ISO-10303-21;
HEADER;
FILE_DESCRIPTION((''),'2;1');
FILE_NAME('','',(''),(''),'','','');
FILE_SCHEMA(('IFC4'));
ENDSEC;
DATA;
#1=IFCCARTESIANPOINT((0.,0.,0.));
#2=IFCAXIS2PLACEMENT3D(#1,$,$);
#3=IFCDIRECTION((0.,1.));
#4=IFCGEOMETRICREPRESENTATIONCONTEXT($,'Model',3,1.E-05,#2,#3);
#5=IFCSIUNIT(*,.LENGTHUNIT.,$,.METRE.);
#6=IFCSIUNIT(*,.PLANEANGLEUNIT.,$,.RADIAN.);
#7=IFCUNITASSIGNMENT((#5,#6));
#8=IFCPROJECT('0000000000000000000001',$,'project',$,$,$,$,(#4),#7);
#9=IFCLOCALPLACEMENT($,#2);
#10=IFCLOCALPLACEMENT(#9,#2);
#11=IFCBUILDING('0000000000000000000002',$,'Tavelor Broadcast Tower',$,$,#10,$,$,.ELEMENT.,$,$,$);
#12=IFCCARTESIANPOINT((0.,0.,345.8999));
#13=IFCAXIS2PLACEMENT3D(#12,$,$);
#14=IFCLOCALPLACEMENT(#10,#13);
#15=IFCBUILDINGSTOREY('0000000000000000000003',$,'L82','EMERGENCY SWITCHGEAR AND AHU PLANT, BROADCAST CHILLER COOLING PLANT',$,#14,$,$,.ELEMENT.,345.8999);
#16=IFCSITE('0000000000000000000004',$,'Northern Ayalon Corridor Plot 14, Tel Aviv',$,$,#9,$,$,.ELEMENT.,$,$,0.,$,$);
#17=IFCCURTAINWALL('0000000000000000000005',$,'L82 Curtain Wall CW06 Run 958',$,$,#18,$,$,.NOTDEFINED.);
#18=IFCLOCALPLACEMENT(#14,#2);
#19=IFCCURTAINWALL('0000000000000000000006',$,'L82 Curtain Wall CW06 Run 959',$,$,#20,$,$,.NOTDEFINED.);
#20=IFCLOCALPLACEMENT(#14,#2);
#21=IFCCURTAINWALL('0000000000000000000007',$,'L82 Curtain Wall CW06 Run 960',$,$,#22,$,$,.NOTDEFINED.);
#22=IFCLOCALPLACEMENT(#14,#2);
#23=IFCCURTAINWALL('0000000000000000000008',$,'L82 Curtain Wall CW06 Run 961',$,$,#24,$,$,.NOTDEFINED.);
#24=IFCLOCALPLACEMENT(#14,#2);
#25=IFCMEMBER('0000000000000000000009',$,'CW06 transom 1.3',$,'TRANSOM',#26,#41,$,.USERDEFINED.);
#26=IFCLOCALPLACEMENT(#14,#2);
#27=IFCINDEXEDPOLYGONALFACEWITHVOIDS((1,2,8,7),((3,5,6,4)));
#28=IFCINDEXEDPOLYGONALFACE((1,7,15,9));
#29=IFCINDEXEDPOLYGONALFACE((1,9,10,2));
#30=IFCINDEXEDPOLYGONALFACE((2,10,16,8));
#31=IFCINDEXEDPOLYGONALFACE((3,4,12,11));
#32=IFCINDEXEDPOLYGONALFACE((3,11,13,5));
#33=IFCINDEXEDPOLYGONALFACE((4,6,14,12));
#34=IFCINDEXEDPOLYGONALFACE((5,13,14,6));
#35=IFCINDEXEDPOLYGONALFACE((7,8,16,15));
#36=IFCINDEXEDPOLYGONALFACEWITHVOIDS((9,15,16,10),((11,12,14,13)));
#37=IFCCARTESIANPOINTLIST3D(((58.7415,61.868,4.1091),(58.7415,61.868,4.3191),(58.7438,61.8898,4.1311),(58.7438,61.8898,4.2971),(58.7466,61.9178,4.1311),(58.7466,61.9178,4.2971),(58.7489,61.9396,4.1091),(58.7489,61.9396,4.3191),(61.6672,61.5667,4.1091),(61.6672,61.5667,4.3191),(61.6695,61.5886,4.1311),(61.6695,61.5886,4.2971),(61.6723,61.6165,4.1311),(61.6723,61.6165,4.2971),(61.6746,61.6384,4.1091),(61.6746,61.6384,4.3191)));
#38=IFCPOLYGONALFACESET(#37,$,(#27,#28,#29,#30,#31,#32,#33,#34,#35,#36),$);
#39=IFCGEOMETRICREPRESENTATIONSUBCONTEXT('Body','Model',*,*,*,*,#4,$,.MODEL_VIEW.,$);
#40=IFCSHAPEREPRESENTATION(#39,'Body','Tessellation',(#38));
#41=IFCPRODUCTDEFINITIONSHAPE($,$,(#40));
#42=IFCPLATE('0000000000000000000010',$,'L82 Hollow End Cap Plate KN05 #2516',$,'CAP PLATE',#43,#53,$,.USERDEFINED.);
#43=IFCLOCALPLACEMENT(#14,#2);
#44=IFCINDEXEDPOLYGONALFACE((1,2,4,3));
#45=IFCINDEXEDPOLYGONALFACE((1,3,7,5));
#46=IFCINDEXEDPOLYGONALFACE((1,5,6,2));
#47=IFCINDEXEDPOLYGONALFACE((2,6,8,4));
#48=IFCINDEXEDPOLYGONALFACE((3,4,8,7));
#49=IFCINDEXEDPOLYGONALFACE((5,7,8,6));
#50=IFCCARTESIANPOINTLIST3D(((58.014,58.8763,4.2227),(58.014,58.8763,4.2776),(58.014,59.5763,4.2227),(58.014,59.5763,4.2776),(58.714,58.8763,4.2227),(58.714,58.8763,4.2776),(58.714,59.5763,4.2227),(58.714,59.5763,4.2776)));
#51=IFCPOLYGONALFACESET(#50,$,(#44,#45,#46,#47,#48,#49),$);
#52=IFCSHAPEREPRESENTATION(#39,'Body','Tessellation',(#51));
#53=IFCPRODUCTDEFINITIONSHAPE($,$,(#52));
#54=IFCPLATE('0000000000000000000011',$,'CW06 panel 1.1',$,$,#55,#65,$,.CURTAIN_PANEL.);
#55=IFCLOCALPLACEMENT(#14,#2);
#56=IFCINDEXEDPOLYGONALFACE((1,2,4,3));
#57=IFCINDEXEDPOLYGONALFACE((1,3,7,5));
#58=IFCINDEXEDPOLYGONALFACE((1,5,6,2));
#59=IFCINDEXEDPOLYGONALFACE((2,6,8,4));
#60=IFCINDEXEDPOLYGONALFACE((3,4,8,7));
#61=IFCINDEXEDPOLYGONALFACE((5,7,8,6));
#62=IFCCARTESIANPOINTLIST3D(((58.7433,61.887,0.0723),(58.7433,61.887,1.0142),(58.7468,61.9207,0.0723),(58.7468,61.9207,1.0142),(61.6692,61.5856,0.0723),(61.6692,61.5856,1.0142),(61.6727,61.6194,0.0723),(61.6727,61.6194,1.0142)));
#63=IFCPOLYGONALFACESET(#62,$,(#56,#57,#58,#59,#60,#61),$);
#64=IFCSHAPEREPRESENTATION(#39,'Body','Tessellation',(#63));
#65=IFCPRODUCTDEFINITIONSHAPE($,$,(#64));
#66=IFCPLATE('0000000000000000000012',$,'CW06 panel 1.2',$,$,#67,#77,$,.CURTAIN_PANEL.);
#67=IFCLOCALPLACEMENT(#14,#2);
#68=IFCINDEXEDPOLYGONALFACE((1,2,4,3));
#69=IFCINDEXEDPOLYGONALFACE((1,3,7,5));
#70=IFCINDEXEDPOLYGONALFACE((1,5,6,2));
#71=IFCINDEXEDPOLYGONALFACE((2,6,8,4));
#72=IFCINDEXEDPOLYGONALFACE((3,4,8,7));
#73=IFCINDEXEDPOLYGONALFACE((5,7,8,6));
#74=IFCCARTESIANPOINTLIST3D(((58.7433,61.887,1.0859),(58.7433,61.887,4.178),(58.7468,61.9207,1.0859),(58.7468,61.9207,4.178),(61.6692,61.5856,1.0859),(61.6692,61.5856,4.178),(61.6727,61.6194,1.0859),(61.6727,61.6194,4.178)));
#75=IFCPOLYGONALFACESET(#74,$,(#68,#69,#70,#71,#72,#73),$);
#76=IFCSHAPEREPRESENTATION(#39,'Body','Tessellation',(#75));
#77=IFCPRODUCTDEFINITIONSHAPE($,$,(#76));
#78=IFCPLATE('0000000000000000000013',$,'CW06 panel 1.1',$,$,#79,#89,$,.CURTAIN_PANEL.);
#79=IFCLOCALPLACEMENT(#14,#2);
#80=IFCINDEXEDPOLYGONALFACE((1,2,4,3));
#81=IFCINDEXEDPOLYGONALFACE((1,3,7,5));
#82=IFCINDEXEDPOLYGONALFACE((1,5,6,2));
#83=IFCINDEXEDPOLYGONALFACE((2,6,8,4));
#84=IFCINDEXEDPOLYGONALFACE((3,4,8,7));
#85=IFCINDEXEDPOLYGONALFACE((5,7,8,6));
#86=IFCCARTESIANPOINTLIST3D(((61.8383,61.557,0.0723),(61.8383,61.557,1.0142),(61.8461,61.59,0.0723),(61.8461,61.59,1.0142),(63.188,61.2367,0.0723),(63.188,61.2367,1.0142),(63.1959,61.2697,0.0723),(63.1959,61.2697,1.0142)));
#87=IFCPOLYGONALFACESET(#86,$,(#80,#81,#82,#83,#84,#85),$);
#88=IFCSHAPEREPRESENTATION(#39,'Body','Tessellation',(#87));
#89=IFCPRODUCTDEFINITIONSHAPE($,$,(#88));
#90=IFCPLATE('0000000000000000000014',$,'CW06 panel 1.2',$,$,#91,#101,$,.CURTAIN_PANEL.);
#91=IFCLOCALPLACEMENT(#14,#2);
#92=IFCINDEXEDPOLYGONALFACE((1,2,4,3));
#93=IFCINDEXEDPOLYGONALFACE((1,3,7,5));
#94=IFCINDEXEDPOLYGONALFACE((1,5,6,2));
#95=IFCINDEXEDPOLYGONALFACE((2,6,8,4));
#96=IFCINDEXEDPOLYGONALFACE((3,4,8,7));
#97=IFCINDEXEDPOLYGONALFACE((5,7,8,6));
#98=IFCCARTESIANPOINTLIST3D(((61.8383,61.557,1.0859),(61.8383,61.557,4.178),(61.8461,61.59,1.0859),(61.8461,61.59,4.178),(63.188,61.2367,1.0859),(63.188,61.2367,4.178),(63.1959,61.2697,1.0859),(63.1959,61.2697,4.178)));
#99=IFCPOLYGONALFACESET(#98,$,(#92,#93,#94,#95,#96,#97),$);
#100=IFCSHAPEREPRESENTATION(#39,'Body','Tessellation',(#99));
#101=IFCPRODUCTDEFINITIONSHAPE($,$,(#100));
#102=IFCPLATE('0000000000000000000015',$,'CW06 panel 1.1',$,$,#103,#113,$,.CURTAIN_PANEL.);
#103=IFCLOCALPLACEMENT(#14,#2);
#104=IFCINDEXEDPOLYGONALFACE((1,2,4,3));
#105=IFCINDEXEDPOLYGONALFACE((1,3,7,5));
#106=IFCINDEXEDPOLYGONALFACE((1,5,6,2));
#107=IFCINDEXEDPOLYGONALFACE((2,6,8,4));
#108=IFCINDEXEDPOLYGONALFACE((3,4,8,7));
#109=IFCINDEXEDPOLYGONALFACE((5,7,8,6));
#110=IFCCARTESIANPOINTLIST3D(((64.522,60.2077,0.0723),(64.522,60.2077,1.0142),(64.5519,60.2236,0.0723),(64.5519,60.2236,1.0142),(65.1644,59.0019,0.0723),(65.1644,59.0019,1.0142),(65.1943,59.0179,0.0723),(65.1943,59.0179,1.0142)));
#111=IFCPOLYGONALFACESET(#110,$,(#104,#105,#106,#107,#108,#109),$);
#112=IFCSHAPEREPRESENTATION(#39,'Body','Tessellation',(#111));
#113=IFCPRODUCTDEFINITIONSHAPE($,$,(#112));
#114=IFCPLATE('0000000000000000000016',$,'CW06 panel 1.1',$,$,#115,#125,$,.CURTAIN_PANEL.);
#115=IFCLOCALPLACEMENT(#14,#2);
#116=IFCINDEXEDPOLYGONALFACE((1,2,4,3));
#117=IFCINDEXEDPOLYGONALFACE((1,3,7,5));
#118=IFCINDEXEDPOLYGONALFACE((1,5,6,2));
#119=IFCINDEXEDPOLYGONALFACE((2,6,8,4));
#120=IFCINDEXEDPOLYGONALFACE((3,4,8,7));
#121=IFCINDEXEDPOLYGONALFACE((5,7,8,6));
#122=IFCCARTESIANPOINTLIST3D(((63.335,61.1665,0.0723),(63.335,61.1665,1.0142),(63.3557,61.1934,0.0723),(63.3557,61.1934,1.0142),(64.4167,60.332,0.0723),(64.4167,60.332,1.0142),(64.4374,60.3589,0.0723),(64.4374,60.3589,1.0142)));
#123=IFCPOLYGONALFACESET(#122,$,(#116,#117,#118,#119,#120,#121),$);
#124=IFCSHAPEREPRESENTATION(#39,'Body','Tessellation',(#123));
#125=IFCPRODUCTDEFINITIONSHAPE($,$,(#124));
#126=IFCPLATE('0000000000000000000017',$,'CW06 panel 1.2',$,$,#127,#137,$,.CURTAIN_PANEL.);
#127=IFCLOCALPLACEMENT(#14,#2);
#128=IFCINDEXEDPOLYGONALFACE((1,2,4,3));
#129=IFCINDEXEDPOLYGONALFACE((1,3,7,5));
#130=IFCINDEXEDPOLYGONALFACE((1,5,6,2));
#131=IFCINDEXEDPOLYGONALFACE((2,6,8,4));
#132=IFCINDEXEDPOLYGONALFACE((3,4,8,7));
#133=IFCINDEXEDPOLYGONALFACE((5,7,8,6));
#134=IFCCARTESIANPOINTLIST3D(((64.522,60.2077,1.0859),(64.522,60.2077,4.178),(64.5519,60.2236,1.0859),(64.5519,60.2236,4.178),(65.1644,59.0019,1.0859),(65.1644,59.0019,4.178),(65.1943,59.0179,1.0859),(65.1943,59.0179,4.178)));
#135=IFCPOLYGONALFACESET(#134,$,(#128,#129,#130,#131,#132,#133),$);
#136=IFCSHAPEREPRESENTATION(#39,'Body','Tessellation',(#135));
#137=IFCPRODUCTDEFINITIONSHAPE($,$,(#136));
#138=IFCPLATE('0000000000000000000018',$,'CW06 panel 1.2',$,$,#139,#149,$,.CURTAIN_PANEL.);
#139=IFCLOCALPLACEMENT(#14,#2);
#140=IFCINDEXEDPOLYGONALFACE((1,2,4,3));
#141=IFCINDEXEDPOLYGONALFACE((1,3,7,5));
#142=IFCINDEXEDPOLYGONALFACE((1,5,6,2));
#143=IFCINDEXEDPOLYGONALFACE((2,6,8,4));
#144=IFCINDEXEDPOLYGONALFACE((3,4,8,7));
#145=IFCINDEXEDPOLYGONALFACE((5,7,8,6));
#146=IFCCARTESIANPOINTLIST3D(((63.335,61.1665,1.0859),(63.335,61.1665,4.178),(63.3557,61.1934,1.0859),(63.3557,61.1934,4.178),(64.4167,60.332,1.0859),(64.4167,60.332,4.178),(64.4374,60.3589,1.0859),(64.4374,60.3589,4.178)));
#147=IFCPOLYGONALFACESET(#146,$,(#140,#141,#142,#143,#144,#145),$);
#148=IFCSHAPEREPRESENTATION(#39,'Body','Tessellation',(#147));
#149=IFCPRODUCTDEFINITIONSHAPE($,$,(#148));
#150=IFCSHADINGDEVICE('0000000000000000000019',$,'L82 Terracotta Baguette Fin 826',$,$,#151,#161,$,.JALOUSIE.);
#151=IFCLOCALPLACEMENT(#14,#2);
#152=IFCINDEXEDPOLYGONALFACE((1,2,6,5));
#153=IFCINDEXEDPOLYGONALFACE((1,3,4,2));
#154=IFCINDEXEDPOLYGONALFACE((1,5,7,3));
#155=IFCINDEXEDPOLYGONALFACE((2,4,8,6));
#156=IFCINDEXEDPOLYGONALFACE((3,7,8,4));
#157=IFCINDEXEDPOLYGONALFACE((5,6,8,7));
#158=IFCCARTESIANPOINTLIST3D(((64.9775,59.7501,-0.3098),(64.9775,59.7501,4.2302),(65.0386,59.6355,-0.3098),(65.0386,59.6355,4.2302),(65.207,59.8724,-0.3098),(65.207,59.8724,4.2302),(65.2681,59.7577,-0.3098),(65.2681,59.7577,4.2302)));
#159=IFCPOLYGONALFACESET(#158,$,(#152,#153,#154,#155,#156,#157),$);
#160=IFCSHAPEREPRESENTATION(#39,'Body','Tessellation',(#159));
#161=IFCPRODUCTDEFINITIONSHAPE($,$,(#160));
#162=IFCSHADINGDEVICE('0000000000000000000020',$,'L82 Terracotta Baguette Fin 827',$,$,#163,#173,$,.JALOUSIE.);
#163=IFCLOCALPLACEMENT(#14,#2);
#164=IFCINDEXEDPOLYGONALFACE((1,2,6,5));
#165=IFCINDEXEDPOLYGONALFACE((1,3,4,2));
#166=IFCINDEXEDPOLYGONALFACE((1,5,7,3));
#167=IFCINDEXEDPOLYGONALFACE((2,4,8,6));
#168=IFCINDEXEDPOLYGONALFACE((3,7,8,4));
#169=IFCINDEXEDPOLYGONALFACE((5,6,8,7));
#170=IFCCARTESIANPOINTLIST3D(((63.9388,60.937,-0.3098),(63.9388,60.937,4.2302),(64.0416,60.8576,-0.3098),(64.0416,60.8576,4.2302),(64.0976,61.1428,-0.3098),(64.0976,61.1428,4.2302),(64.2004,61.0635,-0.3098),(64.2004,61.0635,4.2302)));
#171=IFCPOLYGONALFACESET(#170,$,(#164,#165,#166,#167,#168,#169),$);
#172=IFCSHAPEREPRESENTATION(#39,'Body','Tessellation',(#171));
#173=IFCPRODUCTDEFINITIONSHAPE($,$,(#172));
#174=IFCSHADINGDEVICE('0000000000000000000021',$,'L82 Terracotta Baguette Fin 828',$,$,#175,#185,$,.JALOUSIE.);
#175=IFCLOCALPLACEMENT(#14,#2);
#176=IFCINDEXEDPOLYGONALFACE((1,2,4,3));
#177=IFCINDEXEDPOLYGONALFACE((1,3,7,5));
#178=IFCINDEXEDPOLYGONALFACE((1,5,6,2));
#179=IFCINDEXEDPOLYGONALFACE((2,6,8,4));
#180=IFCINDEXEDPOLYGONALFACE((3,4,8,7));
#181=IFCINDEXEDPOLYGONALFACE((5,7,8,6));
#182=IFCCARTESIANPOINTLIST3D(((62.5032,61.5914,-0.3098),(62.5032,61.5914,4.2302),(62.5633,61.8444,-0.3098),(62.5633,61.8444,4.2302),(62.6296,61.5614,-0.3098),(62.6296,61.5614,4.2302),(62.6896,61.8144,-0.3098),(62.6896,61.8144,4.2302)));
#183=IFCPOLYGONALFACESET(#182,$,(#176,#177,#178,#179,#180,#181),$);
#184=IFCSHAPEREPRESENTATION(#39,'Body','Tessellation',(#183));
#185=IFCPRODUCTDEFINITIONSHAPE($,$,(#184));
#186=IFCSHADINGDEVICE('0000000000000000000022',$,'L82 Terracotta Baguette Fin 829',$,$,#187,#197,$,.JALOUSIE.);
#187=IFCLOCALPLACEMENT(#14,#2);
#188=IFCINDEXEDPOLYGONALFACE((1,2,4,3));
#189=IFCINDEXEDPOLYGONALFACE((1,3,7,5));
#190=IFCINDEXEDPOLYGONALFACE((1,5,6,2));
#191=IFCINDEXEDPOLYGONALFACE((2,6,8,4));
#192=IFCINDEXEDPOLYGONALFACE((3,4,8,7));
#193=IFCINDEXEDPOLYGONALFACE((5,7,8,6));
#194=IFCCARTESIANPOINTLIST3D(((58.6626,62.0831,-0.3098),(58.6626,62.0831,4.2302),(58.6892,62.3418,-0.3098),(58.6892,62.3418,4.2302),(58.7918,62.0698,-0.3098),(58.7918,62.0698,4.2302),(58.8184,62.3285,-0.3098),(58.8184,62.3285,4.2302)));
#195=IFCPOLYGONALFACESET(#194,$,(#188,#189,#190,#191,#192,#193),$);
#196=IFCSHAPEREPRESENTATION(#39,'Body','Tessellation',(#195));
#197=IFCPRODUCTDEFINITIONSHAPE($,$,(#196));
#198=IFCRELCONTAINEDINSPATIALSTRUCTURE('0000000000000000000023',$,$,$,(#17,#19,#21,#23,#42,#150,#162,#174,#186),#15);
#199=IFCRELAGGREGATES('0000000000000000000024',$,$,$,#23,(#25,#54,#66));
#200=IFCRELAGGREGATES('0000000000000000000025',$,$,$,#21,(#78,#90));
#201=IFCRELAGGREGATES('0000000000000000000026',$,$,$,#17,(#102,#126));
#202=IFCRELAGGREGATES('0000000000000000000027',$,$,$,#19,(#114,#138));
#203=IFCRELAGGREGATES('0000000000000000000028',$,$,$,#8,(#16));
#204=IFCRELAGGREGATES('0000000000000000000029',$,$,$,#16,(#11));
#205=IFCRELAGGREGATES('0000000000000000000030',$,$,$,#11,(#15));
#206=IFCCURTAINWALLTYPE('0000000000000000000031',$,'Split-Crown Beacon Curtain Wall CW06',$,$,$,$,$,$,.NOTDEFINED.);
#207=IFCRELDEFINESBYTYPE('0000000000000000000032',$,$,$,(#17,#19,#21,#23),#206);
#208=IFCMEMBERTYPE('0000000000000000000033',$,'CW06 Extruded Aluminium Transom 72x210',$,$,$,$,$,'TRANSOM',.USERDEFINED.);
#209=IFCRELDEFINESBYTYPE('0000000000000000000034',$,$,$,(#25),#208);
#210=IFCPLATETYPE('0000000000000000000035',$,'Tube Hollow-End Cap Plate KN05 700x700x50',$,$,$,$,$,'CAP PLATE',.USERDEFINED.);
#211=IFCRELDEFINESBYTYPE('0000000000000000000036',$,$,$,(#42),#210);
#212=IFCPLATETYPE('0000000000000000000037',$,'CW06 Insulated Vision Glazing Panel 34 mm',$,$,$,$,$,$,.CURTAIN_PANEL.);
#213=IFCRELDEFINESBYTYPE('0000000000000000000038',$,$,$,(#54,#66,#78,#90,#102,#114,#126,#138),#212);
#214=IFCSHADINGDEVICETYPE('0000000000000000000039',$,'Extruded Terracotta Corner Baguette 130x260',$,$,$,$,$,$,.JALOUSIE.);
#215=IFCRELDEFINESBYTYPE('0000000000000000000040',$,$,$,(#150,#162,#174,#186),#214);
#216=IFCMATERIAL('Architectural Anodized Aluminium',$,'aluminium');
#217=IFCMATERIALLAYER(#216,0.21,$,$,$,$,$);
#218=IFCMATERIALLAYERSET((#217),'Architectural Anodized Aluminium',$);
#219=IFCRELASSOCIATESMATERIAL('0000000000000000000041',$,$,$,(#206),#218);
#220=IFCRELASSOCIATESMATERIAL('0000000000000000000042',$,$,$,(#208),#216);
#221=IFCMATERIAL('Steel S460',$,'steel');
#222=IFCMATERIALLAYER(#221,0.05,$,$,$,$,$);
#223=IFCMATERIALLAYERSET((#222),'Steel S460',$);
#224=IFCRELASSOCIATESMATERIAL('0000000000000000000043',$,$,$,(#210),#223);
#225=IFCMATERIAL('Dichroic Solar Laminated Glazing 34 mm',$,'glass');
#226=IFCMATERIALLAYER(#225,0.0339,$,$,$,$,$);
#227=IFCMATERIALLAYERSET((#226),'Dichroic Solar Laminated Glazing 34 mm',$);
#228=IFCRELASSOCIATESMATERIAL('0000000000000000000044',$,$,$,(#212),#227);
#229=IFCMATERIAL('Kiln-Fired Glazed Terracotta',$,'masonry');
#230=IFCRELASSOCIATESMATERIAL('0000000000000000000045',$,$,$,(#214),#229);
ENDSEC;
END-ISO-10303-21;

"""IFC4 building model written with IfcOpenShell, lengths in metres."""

from ifc_helpers import new_model, si_unit, direction, frame, origin, origin_2d, place, context, subcontext, project, spatial, rectangle, hollow_rectangle, extrude, source, transform, mapped, material, layer, layer_set, material_profile, profile_set, type_object, type_shapes, element, aggregate, save


model = new_model("IFC4")

# Units and contexts
model_context = context("Model", 3, precision=1e-05, world=origin(), true_north=direction((0.0, 1.0)))
body_context = subcontext(model_context, "Body", "Model", "MODEL_VIEW")
ifc_project = project(units=[si_unit("LENGTHUNIT", "METRE"), si_unit("PLANEANGLEUNIT", "RADIAN")], contexts=[model_context])

# Site, building, storey
site_placement = place(None, origin())
site = spatial("IfcSite", under=ifc_project, at=site_placement, Name="Northern Ayalon Corridor Plot 14, Tel Aviv", CompositionType="ELEMENT", RefElevation=0.0)
building_placement = place(site_placement, origin())
building = spatial("IfcBuilding", under=site, at=building_placement, Name="Tavelor Broadcast Tower", CompositionType="ELEMENT")
storey_placement = place(building_placement, frame((0.0, 0.0, 345.8999)))
storey = spatial("IfcBuildingStorey", under=building, at=storey_placement, Name="L82", Description="EMERGENCY SWITCHGEAR AND AHU PLANT, BROADCAST CHILLER COOLING PLANT", CompositionType="ELEMENT", Elevation=345.8999)

# Curtain walls
ifc_material_1 = material(Name="Architectural Anodized Aluminium", Category="aluminium")
ifc_layer_1 = layer(ifc_material_1, 0.21)
ifc_layer_set_1 = layer_set([ifc_layer_1], Name="Architectural Anodized Aluminium")
curtain_wall_type = type_object("IfcCurtainWallType", Name="Split-Crown Beacon Curtain Wall CW06", PredefinedType="NOTDEFINED", material=ifc_layer_set_1)
curtain_wall_1_placement = place(storey_placement, origin())
curtain_wall_1 = element("IfcCurtainWall", 1, at=curtain_wall_1_placement, inside=storey, type_object=curtain_wall_type, Name="L82 Curtain Wall CW06 Run 958", PredefinedType="NOTDEFINED")
curtain_wall_2_placement = place(storey_placement, origin())
curtain_wall_2 = element("IfcCurtainWall", 2, at=curtain_wall_2_placement, inside=storey, type_object=curtain_wall_type, Name="L82 Curtain Wall CW06 Run 959", PredefinedType="NOTDEFINED")
curtain_wall_3_placement = place(storey_placement, origin())
curtain_wall_3 = element("IfcCurtainWall", 3, at=curtain_wall_3_placement, inside=storey, type_object=curtain_wall_type, Name="L82 Curtain Wall CW06 Run 960", PredefinedType="NOTDEFINED")
curtain_wall_4_placement = place(storey_placement, origin())
curtain_wall_4 = element("IfcCurtainWall", 4, at=curtain_wall_4_placement, inside=storey, type_object=curtain_wall_type, Name="L82 Curtain Wall CW06 Run 961", PredefinedType="NOTDEFINED")

# Member
ifc_material_profile_1 = material_profile(ifc_material_1, hollow_rectangle(XDim=0.072, YDim=0.21, WallThickness=0.022, at=origin_2d()), Name="RHS 72x210x22")
ifc_profile_set_1 = profile_set([ifc_material_profile_1], Name="Architectural Anodized Aluminium")
member_type_1 = type_object("IfcMemberType", Name="CW06 Extruded Aluminium Transom 72x210", ElementType="TRANSOM", PredefinedType="USERDEFINED", material=ifc_profile_set_1)
shared_shape_1 = source(origin(), body_context, "Body", "SweptSolid", [
    extrude(hollow_rectangle(XDim=0.072, YDim=0.21, WallThickness=0.022, at=origin_2d()), origin(), (0.0, 0.0, 1.0), 2.9412),
])
member_1_placement = place(storey_placement, frame((61.6709, 61.6025, 4.2141), z_axis=(-0.99474, 0.102429, 0.0), x_axis=(-0.102429, -0.99474, 0.0)))
member_1 = element("IfcMember", 5, at=member_1_placement, type_object=member_type_1, Name="CW06 transom 1.3", ObjectType="TRANSOM", PredefinedType="USERDEFINED", context=body_context, shape_type="MappedRepresentation", body=[
    mapped(shared_shape_1, transform((0.0, 0.0, 0.0), scale=1.0)),
])

# Plates
ifc_material_2 = material(Name="Steel S460", Category="steel")
ifc_layer_2 = layer(ifc_material_2, 0.05)
ifc_layer_set_2 = layer_set([ifc_layer_2], Name="Steel S460")
plate_type_1 = type_object("IfcPlateType", Name="Tube Hollow-End Cap Plate KN05 700x700x50", ElementType="CAP PLATE", PredefinedType="USERDEFINED", material=ifc_layer_set_2)
shared_shape_2 = source(origin(), body_context, "Body", "SweptSolid", [
    extrude(rectangle(XDim=0.7, YDim=0.7, at=origin_2d()), origin(), (0.0, 0.0, 1.0), 0.0549),
])
type_shapes(plate_type_1, [shared_shape_2])
plate_1_placement = place(storey_placement, frame((58.364, 59.2263, 4.2227), z_axis=(0.0, 0.0, 1.0), x_axis=(1.0, 0.0, 0.0)))
element("IfcPlate", 6, at=plate_1_placement, inside=storey, type_object=plate_type_1, Name="L82 Hollow End Cap Plate KN05 #2516", ObjectType="CAP PLATE", PredefinedType="USERDEFINED", context=body_context, shape_type="MappedRepresentation", body=[
    mapped(shared_shape_2, transform((0.0, 0.0, 0.0), scale=1.0)),
])
ifc_material_3 = material(Name="Dichroic Solar Laminated Glazing 34 mm", Category="glass")
ifc_layer_3 = layer(ifc_material_3, 0.0339)
ifc_layer_set_3 = layer_set([ifc_layer_3], Name="Dichroic Solar Laminated Glazing 34 mm")
plate_type_2 = type_object("IfcPlateType", Name="CW06 Insulated Vision Glazing Panel 34 mm", PredefinedType="CURTAIN_PANEL", material=ifc_layer_set_3)
shared_shape_3 = source(origin(), body_context, "Body", "SweptSolid", [
    extrude(rectangle(XDim=2.9414, YDim=0.0339, at=origin_2d()), origin(), (0.0, 0.0, 1.0), 0.9419),
])
plate_2_placement = place(storey_placement, frame((60.208, 61.7532, 0.0723), z_axis=(0.0, 0.0, 1.0), x_axis=(-0.994737, 0.102461, 0.0)))
plate_2 = element("IfcPlate", 7, at=plate_2_placement, type_object=plate_type_2, Name="CW06 panel 1.1", PredefinedType="CURTAIN_PANEL", context=body_context, shape_type="MappedRepresentation", body=[
    mapped(shared_shape_3, transform((0.0, 0.0, 0.0), scale=1.0)),
])
shared_shape_4 = source(origin(), body_context, "Body", "SweptSolid", [
    extrude(rectangle(XDim=2.9414, YDim=0.0339, at=origin_2d()), origin(), (0.0, 0.0, 1.0), 3.092),
])
plate_3_placement = place(storey_placement, frame((60.208, 61.7532, 1.0859), z_axis=(0.0, 0.0, 1.0), x_axis=(-0.994737, 0.102461, 0.0)))
plate_3 = element("IfcPlate", 8, at=plate_3_placement, type_object=plate_type_2, Name="CW06 panel 1.2", PredefinedType="CURTAIN_PANEL", context=body_context, shape_type="MappedRepresentation", body=[
    mapped(shared_shape_4, transform((0.0, 0.0, 0.0), scale=1.0)),
])
aggregate(curtain_wall_4, [member_1, plate_2, plate_3])
shared_shape_5 = source(origin(), body_context, "Body", "SweptSolid", [
    extrude(rectangle(XDim=1.3872, YDim=0.0339, at=origin_2d()), origin(), (0.0, 0.0, 1.0), 0.9419),
])
plate_4_placement = place(storey_placement, frame((62.5171, 61.4133, 0.0723), z_axis=(0.0, 0.0, 1.0), x_axis=(-0.972985, 0.23087, 0.0)))
plate_4 = element("IfcPlate", 9, at=plate_4_placement, type_object=plate_type_2, Name="CW06 panel 1.1", PredefinedType="CURTAIN_PANEL", context=body_context, shape_type="MappedRepresentation", body=[
    mapped(shared_shape_5, transform((0.0, 0.0, 0.0), scale=1.0)),
])
shared_shape_6 = source(origin(), body_context, "Body", "SweptSolid", [
    extrude(rectangle(XDim=1.3872, YDim=0.0339, at=origin_2d()), origin(), (0.0, 0.0, 1.0), 3.092),
])
plate_5_placement = place(storey_placement, frame((62.5171, 61.4133, 1.0859), z_axis=(0.0, 0.0, 1.0), x_axis=(-0.972985, 0.23087, 0.0)))
plate_5 = element("IfcPlate", 10, at=plate_5_placement, type_object=plate_type_2, Name="CW06 panel 1.2", PredefinedType="CURTAIN_PANEL", context=body_context, shape_type="MappedRepresentation", body=[
    mapped(shared_shape_6, transform((0.0, 0.0, 0.0), scale=1.0)),
])
aggregate(curtain_wall_3, [plate_4, plate_5])
shared_shape_7 = source(origin(), body_context, "Body", "SweptSolid", [
    extrude(rectangle(XDim=1.3662, YDim=0.0339, at=origin_2d()), origin(), (0.0, 0.0, 1.0), 0.9419),
])
plate_6_placement = place(storey_placement, frame((64.8582, 59.6128, 0.0723), z_axis=(0.0, 0.0, 1.0), x_axis=(-0.470214, 0.882553, 0.0)))
plate_6 = element("IfcPlate", 11, at=plate_6_placement, type_object=plate_type_2, Name="CW06 panel 1.1", PredefinedType="CURTAIN_PANEL", context=body_context, shape_type="MappedRepresentation", body=[
    mapped(shared_shape_7, transform((0.0, 0.0, 0.0), scale=1.0)),
])
plate_7_placement = place(storey_placement, frame((63.8862, 60.7627, 0.0723), z_axis=(0.0, 0.0, 1.0), x_axis=(-0.791749, 0.610846, 0.0)))
plate_7 = element("IfcPlate", 12, at=plate_7_placement, type_object=plate_type_2, Name="CW06 panel 1.1", PredefinedType="CURTAIN_PANEL", context=body_context, shape_type="MappedRepresentation", body=[
    mapped(shared_shape_7, transform((0.0, 0.0, 0.0), scale=1.0)),
])
shared_shape_8 = source(origin(), body_context, "Body", "SweptSolid", [
    extrude(rectangle(XDim=1.3662, YDim=0.0339, at=origin_2d()), origin(), (0.0, 0.0, 1.0), 3.092),
])
type_shapes(plate_type_2, [shared_shape_3, shared_shape_4, shared_shape_5, shared_shape_6, shared_shape_7, shared_shape_8])
plate_8_placement = place(storey_placement, frame((64.8582, 59.6128, 1.0859), z_axis=(0.0, 0.0, 1.0), x_axis=(-0.470214, 0.882553, 0.0)))
plate_8 = element("IfcPlate", 13, at=plate_8_placement, type_object=plate_type_2, Name="CW06 panel 1.2", PredefinedType="CURTAIN_PANEL", context=body_context, shape_type="MappedRepresentation", body=[
    mapped(shared_shape_8, transform((0.0, 0.0, 0.0), scale=1.0)),
])
aggregate(curtain_wall_1, [plate_6, plate_8])
plate_9_placement = place(storey_placement, frame((63.8862, 60.7627, 1.0859), z_axis=(0.0, 0.0, 1.0), x_axis=(-0.791749, 0.610846, 0.0)))
plate_9 = element("IfcPlate", 14, at=plate_9_placement, type_object=plate_type_2, Name="CW06 panel 1.2", PredefinedType="CURTAIN_PANEL", context=body_context, shape_type="MappedRepresentation", body=[
    mapped(shared_shape_8, transform((0.0, 0.0, 0.0), scale=1.0)),
])
aggregate(curtain_wall_2, [plate_7, plate_9])

# Shading devices
ifc_material_4 = material(Name="Kiln-Fired Glazed Terracotta", Category="masonry")
shading_device_type = type_object("IfcShadingDeviceType", Name="Extruded Terracotta Corner Baguette 130x260", PredefinedType="JALOUSIE", material=ifc_material_4)
shared_shape_9 = source(origin(), body_context, "Body", "SweptSolid", [
    extrude(rectangle(XDim=0.1299, YDim=0.26, at=origin_2d()), origin(), (0.0, 0.0, 1.0), 4.54),
])
type_shapes(shading_device_type, [shared_shape_9])
for number, where, z_axis, x_axis, name in (
    (15, (65.1228, 59.7539, -0.3098), (0.0, 0.0, 1.0), (-0.470242, 0.882538, 0.0), "L82 Terracotta Baguette Fin 826"),
    (16, (64.0696, 61.0002, -0.3098), (0.0, 0.0, 1.0), (-0.791757, 0.610836, 0.0), "L82 Terracotta Baguette Fin 827"),
    (17, (62.5964, 61.7029, -0.3098), (0.0, 0.0, 1.0), (-0.972978, 0.230899, 0.0), "L82 Terracotta Baguette Fin 828"),
    (18, (58.7405, 62.2058, -0.3098), (0.0, 0.0, 1.0), (-0.994739, 0.102445, 0.0), "L82 Terracotta Baguette Fin 829"),
):
    element("IfcShadingDevice", number, at=place(storey_placement, frame(where, z_axis=z_axis, x_axis=x_axis)), inside=storey, type_object=shading_device_type, Name=name, PredefinedType="JALOUSIE", context=body_context, shape_type="MappedRepresentation", body=[
        mapped(shared_shape_9, transform((0.0, 0.0, 0.0), scale=1.0)),
    ])

save(model, "model.ifc")
